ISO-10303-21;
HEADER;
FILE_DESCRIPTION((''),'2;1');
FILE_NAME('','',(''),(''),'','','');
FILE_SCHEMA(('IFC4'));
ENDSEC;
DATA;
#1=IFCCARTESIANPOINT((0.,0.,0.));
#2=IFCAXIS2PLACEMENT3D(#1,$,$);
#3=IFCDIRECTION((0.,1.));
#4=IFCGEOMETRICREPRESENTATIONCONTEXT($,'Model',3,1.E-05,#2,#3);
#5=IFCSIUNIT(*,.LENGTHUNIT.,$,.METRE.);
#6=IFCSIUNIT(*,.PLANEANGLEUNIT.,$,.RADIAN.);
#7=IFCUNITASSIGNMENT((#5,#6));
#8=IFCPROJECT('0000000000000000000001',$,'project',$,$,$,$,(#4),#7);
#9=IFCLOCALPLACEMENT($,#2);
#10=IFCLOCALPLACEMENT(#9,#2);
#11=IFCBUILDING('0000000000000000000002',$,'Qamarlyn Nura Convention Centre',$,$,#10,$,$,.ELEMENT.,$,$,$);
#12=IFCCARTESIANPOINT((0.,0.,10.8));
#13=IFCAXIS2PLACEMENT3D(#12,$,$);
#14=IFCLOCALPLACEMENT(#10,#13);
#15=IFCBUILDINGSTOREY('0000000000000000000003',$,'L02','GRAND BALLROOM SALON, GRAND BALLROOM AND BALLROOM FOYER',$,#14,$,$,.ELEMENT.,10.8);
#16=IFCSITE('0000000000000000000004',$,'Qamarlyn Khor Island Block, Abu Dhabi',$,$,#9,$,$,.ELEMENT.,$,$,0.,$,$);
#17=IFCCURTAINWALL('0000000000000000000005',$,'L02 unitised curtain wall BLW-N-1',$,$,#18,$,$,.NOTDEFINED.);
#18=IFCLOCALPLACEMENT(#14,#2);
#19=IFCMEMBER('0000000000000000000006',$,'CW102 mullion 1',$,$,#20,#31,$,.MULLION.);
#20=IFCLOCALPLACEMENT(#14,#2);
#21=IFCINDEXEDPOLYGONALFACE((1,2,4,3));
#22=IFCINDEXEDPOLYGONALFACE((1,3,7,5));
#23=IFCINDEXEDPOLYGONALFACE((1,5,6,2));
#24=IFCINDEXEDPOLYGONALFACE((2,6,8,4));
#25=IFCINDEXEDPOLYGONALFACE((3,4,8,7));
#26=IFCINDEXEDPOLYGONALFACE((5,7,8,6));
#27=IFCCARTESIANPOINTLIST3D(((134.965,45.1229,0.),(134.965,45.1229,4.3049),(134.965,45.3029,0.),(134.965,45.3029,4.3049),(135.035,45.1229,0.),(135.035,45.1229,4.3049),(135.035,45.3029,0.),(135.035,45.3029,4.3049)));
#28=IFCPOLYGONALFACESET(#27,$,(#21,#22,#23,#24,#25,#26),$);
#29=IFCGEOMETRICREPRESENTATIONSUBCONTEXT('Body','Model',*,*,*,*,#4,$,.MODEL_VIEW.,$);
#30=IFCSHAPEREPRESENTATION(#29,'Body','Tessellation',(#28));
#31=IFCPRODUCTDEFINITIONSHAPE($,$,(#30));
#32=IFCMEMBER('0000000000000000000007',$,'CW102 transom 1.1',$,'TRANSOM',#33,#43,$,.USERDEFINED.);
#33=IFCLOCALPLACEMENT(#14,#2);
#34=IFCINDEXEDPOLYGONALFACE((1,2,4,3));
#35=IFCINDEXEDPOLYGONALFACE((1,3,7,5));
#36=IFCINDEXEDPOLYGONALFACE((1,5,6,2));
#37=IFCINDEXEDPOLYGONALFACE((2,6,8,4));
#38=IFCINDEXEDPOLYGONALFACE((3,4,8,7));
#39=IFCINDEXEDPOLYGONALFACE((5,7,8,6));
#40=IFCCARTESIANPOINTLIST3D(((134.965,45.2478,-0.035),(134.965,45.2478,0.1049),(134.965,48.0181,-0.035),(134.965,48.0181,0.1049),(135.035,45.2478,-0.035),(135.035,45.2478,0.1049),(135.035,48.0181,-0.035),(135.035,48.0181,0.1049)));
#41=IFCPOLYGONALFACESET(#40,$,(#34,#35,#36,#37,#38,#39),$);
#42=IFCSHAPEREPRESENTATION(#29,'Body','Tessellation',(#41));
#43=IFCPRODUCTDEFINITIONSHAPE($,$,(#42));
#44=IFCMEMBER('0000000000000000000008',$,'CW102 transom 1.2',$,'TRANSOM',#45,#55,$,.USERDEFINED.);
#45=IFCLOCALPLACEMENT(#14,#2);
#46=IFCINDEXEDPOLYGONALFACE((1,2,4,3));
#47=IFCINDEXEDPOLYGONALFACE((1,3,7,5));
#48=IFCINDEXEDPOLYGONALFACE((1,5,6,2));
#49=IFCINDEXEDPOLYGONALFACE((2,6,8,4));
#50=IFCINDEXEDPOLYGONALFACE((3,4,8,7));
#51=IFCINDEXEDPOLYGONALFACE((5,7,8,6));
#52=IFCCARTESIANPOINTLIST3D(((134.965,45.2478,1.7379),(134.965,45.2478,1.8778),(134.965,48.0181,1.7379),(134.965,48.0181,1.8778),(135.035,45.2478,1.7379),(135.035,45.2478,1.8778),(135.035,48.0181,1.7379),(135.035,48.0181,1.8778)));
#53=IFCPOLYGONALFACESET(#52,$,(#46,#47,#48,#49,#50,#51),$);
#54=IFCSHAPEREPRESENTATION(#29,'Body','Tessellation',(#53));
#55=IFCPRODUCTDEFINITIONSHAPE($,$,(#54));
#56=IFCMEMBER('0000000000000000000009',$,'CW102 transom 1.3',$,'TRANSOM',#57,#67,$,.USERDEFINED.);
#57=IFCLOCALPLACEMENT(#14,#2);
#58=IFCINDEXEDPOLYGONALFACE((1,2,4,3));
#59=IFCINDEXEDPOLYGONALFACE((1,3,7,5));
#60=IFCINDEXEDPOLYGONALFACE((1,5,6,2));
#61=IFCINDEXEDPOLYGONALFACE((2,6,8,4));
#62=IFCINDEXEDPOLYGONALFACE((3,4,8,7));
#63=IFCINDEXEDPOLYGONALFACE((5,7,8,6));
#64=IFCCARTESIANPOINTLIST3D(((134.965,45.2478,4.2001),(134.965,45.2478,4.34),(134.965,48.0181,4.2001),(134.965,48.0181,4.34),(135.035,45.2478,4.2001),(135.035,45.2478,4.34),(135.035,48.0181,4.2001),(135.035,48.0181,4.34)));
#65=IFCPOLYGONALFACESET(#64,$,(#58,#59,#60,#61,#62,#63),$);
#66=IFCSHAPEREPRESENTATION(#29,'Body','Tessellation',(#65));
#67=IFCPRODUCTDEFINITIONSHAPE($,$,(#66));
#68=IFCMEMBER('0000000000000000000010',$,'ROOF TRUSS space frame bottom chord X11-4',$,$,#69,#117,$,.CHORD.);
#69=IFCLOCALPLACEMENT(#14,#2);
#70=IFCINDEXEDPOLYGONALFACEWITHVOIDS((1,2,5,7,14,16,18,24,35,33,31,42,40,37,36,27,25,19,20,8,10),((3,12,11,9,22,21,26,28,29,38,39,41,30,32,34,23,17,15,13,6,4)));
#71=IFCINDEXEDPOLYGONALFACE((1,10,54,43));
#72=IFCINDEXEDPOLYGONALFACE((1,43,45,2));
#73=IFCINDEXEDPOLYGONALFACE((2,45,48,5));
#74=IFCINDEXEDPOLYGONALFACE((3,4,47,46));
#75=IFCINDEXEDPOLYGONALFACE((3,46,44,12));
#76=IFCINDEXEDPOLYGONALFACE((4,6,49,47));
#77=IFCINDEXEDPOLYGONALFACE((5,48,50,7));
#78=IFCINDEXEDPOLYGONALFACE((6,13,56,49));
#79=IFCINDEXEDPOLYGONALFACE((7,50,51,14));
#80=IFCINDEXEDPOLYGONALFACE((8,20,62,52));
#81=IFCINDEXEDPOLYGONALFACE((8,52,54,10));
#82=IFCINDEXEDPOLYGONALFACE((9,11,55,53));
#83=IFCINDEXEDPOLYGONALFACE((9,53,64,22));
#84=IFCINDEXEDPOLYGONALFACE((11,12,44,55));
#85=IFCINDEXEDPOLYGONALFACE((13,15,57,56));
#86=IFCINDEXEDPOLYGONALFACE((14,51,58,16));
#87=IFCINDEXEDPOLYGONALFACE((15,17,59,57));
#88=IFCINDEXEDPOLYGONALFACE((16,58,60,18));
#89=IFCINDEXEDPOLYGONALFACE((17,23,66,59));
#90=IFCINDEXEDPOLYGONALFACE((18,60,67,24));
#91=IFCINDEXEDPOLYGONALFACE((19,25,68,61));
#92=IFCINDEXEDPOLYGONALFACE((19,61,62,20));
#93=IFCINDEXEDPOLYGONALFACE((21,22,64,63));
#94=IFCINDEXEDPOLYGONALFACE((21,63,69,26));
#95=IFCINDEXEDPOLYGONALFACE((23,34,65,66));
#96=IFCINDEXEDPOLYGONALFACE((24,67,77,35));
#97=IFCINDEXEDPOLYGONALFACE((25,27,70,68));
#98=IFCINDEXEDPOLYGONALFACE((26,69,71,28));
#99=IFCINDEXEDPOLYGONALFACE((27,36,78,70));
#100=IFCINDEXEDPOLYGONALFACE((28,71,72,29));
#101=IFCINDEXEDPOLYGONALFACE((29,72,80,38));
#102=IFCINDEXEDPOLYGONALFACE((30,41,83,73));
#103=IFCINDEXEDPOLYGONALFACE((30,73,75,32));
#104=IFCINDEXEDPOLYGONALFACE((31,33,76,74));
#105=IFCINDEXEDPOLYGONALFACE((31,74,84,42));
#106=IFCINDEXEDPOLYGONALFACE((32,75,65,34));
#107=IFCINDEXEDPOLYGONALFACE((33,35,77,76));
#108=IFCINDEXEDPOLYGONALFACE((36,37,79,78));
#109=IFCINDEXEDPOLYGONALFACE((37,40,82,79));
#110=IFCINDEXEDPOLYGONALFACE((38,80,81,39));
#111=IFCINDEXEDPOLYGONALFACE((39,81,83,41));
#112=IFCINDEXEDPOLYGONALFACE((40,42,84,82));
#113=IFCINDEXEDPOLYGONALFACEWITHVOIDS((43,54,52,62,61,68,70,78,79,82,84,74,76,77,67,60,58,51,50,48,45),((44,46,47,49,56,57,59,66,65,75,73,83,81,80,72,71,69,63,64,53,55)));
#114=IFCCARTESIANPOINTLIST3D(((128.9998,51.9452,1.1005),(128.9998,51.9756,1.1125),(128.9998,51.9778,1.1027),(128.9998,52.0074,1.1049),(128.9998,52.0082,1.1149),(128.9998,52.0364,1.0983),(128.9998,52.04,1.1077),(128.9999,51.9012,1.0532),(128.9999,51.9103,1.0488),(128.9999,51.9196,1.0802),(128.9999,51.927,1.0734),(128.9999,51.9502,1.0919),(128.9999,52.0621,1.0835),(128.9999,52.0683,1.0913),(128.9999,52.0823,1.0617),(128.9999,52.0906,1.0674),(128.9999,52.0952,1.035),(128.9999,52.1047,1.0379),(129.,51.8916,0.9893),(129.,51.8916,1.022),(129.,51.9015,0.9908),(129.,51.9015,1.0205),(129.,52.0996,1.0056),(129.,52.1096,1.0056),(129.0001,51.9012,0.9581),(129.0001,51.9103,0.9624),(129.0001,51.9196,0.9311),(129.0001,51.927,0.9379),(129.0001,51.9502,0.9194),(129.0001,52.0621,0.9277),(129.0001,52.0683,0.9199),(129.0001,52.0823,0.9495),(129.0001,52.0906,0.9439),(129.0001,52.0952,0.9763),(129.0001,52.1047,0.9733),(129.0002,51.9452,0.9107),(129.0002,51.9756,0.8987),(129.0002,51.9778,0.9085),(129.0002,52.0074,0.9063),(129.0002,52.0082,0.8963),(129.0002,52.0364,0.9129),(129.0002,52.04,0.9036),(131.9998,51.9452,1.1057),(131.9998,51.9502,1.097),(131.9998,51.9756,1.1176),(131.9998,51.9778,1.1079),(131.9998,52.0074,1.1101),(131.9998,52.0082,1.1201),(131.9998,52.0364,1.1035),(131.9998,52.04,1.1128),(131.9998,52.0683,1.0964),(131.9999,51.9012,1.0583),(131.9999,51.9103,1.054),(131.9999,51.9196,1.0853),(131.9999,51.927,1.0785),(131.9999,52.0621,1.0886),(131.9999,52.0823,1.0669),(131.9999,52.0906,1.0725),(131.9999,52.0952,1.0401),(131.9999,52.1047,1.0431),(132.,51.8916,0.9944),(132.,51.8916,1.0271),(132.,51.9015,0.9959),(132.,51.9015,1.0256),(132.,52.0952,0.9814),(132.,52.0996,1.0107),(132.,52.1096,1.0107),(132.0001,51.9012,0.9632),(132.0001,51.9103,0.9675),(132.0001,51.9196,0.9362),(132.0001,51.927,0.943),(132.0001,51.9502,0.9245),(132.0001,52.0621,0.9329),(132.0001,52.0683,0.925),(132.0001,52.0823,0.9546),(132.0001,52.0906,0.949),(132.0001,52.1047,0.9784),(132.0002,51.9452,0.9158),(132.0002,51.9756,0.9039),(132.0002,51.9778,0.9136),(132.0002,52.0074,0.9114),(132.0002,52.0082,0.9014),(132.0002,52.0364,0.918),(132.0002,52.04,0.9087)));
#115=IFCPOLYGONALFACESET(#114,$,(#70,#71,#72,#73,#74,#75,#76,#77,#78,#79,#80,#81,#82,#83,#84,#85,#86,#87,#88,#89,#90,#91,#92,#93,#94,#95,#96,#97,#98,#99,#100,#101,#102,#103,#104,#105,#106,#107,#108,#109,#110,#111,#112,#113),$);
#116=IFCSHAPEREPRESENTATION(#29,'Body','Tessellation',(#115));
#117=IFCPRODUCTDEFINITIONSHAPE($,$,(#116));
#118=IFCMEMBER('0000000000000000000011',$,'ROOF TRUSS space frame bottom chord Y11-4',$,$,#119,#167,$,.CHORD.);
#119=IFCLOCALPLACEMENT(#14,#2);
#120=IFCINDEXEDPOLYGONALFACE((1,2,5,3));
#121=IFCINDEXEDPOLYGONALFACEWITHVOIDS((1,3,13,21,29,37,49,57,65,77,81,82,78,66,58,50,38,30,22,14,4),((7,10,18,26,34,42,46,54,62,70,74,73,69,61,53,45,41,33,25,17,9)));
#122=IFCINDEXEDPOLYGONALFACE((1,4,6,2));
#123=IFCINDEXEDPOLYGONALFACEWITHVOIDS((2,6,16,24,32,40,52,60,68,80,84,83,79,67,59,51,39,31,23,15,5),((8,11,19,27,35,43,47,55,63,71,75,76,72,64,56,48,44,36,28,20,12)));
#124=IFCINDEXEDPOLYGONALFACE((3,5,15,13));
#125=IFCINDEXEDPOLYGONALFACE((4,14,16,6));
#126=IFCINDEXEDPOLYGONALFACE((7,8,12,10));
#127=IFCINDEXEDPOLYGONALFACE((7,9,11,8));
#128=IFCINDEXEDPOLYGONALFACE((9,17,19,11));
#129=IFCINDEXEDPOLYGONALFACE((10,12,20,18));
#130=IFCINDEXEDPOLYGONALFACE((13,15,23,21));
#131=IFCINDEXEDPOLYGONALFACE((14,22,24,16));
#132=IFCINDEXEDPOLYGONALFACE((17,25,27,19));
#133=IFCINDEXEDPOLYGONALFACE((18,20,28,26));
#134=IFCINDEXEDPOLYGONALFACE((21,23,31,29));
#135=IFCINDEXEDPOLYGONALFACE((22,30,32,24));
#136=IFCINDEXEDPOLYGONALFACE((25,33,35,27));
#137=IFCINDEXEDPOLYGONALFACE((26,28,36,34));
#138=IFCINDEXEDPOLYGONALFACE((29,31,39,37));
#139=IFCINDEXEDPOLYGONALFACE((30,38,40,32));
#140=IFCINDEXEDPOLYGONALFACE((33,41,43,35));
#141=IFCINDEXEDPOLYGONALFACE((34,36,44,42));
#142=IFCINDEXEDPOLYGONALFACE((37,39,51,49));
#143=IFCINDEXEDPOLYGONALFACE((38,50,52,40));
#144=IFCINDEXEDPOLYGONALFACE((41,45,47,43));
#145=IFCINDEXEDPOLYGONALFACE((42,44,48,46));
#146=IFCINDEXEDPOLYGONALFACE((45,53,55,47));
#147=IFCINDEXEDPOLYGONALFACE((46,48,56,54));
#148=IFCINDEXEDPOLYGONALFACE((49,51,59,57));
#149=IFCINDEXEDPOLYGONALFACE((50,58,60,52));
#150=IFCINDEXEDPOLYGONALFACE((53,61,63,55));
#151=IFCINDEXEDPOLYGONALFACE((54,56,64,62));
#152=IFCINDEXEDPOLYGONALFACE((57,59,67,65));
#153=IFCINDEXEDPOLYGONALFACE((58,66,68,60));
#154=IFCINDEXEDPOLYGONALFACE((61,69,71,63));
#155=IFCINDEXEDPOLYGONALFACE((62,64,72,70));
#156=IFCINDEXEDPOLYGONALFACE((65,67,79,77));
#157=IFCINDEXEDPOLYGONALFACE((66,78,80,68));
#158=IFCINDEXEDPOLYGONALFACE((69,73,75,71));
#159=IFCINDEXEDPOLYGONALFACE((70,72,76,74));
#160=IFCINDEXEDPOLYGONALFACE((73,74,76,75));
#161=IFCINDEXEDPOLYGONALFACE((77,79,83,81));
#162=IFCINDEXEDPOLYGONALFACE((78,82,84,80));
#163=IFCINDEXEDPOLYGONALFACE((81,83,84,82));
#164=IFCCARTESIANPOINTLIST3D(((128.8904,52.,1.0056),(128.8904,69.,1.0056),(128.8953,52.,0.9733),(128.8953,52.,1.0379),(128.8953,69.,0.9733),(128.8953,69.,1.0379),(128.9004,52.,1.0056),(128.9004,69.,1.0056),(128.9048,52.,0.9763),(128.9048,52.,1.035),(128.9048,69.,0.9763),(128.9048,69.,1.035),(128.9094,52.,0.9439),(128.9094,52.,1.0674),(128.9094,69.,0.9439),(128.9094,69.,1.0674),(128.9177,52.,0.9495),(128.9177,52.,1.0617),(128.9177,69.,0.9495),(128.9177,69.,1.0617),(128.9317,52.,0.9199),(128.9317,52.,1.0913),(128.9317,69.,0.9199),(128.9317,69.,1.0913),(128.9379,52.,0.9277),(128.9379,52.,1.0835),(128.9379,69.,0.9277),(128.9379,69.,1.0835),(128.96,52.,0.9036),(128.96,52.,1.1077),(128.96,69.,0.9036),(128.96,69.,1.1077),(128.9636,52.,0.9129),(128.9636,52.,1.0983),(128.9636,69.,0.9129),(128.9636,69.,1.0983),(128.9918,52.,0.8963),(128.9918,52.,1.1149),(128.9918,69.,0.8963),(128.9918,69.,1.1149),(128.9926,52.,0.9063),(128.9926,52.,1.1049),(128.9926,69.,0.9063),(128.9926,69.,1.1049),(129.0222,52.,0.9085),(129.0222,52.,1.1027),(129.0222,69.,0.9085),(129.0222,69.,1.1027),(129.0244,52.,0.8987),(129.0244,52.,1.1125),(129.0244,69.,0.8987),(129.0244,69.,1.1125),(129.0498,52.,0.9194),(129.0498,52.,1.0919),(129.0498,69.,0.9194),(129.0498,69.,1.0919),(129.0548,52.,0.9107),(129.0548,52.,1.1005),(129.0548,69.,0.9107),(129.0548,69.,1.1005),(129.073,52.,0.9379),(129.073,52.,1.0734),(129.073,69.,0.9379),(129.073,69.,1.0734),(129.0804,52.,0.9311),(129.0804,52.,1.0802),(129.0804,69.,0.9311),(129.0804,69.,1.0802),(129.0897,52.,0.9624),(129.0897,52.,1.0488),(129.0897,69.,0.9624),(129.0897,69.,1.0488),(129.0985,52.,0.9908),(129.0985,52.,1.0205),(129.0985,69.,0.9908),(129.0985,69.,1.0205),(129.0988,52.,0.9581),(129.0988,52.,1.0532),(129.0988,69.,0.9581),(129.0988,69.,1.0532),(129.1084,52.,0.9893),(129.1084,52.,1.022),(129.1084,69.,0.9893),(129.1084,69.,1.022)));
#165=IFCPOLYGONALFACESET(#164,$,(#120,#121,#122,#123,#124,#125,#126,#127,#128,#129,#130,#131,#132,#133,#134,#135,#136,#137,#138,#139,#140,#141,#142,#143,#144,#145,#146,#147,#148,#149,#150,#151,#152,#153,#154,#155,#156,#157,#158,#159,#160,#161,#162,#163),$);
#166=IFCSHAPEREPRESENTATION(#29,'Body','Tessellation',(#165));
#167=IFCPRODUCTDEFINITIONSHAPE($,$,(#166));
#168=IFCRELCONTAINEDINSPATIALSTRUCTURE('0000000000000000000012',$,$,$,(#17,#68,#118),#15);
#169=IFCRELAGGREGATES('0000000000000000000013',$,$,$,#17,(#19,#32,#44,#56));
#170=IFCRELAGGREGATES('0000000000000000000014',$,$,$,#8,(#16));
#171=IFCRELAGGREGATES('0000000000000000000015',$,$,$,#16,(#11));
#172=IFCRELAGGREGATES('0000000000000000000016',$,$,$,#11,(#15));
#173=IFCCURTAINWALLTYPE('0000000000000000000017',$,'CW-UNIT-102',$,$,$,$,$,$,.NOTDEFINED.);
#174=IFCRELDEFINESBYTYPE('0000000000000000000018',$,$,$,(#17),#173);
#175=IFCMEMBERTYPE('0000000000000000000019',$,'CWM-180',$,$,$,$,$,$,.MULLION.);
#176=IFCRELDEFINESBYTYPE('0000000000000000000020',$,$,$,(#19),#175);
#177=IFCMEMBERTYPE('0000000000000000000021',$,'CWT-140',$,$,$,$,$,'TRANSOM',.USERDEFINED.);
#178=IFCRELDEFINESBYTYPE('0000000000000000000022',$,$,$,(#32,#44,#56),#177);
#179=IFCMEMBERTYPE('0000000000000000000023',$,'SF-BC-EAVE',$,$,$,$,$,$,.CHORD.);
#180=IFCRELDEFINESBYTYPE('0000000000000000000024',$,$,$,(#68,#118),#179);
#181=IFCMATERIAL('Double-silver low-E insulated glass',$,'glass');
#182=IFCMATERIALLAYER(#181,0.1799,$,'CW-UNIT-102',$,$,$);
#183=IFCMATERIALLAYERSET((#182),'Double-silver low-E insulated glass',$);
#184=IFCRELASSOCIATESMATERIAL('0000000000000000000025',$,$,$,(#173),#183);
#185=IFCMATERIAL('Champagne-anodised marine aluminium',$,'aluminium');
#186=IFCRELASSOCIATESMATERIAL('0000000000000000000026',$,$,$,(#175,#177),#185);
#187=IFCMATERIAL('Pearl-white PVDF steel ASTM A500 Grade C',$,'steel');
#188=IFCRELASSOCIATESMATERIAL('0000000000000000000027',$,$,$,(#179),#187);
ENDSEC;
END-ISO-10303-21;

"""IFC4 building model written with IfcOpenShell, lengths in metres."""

from ifc_helpers import new_model, si_unit, direction, frame, origin, origin_2d, place, context, subcontext, project, spatial, rectangle, hollow_circle, extrude, material, layer, layer_set, material_profile, profile_set, type_object, element, aggregate, save


model = new_model("IFC4")

# Units and contexts
model_context = context("Model", 3, precision=1e-05, world=origin(), true_north=direction((0.0, 1.0)))
body_context = subcontext(model_context, "Body", "Model", "MODEL_VIEW")
ifc_project = project(units=[si_unit("LENGTHUNIT", "METRE"), si_unit("PLANEANGLEUNIT", "RADIAN")], contexts=[model_context])

# Site, building, storey
site_placement = place(None, origin())
site = spatial("IfcSite", under=ifc_project, at=site_placement, Name="Qamarlyn Khor Island Block, Abu Dhabi", CompositionType="ELEMENT", RefElevation=0.0)
building_placement = place(site_placement, origin())
building = spatial("IfcBuilding", under=site, at=building_placement, Name="Qamarlyn Nura Convention Centre", CompositionType="ELEMENT")
storey_placement = place(building_placement, frame((0.0, 0.0, 10.8)))
storey = spatial("IfcBuildingStorey", under=building, at=storey_placement, Name="L02", Description="GRAND BALLROOM SALON, GRAND BALLROOM AND BALLROOM FOYER", CompositionType="ELEMENT", Elevation=10.8)

# Curtain wall, members
ifc_material_1 = material(Name="Double-silver low-E insulated glass", Category="glass")
ifc_layer_1 = layer(ifc_material_1, 0.1799, Name="CW-UNIT-102")
ifc_layer_set_1 = layer_set([ifc_layer_1], Name="Double-silver low-E insulated glass")
curtain_wall_type = type_object("IfcCurtainWallType", Name="CW-UNIT-102", PredefinedType="NOTDEFINED", material=ifc_layer_set_1)
curtain_wall_placement = place(storey_placement, origin())
curtain_wall = element("IfcCurtainWall", 1, at=curtain_wall_placement, inside=storey, type_object=curtain_wall_type, Name="L02 unitised curtain wall BLW-N-1", PredefinedType="NOTDEFINED")
ifc_material_2 = material(Name="Champagne-anodised marine aluminium", Category="aluminium")
ifc_material_profile_1 = material_profile(ifc_material_2, rectangle(XDim=0.0701, YDim=0.1799, at=origin_2d()), Name="ALU MULLION 70x180")
ifc_profile_set_1 = profile_set([ifc_material_profile_1], Name="Champagne-anodised marine aluminium")
member_type_1 = type_object("IfcMemberType", Name="CWM-180", PredefinedType="MULLION", material=ifc_profile_set_1)
member_1_placement = place(storey_placement, frame((135.0, 45.2129, 0.0), z_axis=(0.0, 0.0, 1.0), x_axis=(-1.0, 0.0, 0.0)))
member_1 = element("IfcMember", 2, at=member_1_placement, type_object=member_type_1, Name="CW102 mullion 1", PredefinedType="MULLION", context=body_context, shape_type="SweptSolid", body=[
    extrude(rectangle(XDim=0.0701, YDim=0.1799, at=origin_2d()), origin(), (0.0, 0.0, 1.0), 4.3049),
])
ifc_material_profile_2 = material_profile(ifc_material_2, rectangle(XDim=0.0701, YDim=0.1399, at=origin_2d()), Name="ALU TRANSOM 70x140")
ifc_profile_set_2 = profile_set([ifc_material_profile_2], Name="Champagne-anodised marine aluminium")
member_type_2 = type_object("IfcMemberType", Name="CWT-140", ElementType="TRANSOM", PredefinedType="USERDEFINED", material=ifc_profile_set_2)
member_2_placement = place(storey_placement, frame((135.0, 45.2478, 0.0349), z_axis=(0.0, 1.0, 0.0), x_axis=(-1.0, 0.0, 0.0)))
member_2 = element("IfcMember", 3, at=member_2_placement, type_object=member_type_2, Name="CW102 transom 1.1", ObjectType="TRANSOM", PredefinedType="USERDEFINED", context=body_context, shape_type="SweptSolid", body=[
    extrude(rectangle(XDim=0.0701, YDim=0.1399, at=origin_2d()), origin(), (0.0, 0.0, 1.0), 2.7703),
])
member_3_placement = place(storey_placement, frame((135.0, 45.2478, 1.8079), z_axis=(0.0, 1.0, 0.0), x_axis=(-1.0, 0.0, 0.0)))
member_3 = element("IfcMember", 4, at=member_3_placement, type_object=member_type_2, Name="CW102 transom 1.2", ObjectType="TRANSOM", PredefinedType="USERDEFINED", context=body_context, shape_type="SweptSolid", body=[
    extrude(rectangle(XDim=0.0701, YDim=0.1399, at=origin_2d()), origin(), (0.0, 0.0, 1.0), 2.7703),
])
member_4_placement = place(storey_placement, frame((135.0, 45.2478, 4.27), z_axis=(0.0, 1.0, 0.0), x_axis=(-1.0, 0.0, 0.0)))
member_4 = element("IfcMember", 5, at=member_4_placement, type_object=member_type_2, Name="CW102 transom 1.3", ObjectType="TRANSOM", PredefinedType="USERDEFINED", context=body_context, shape_type="SweptSolid", body=[
    extrude(rectangle(XDim=0.0701, YDim=0.1399, at=origin_2d()), origin(), (0.0, 0.0, 1.0), 2.7703),
])

# Members
ifc_material_3 = material(Name="Pearl-white PVDF steel ASTM A500 Grade C", Category="steel")
ifc_material_profile_3 = material_profile(ifc_material_3, hollow_circle(Radius=0.1096, WallThickness=0.01, at=origin_2d()), Name="CHS219.1X10")
ifc_profile_set_3 = profile_set([ifc_material_profile_3], Name="Pearl-white PVDF steel ASTM A500 Grade C")
member_type_3 = type_object("IfcMemberType", Name="SF-BC-EAVE", PredefinedType="CHORD", material=ifc_profile_set_3)
member_5_placement = place(storey_placement, frame((129.0, 52.0, 1.0056), z_axis=(0.999999, 0.0, 0.001709), x_axis=(0.0, 1.0, 0.0)))
element("IfcMember", 6, at=member_5_placement, inside=storey, type_object=member_type_3, Name="ROOF TRUSS space frame bottom chord X11-4", PredefinedType="CHORD", context=body_context, shape_type="SweptSolid", body=[
    extrude(hollow_circle(Radius=0.1096, WallThickness=0.01, at=origin_2d()), origin(), (0.0, 0.0, 1.0), 3.0),
])
for number, where, z_axis, x_axis, name in (
    (7, (129.0, 52.0, 1.0056), (0.0, 1.0, 0.0), (-1.0, 0.0, 0.0), "ROOF TRUSS space frame bottom chord Y11-4"),
):
    element("IfcMember", number, at=place(storey_placement, frame(where, z_axis=z_axis, x_axis=x_axis)), inside=storey, type_object=member_type_3, Name=name, PredefinedType="CHORD", context=body_context, shape_type="SweptSolid", body=[
        extrude(hollow_circle(Radius=0.1096, WallThickness=0.01, at=origin_2d()), origin(), (0.0, 0.0, 1.0), 17.0),
    ])

aggregate(curtain_wall, [member_1, member_2, member_3, member_4])

save(model, "model.ifc")
